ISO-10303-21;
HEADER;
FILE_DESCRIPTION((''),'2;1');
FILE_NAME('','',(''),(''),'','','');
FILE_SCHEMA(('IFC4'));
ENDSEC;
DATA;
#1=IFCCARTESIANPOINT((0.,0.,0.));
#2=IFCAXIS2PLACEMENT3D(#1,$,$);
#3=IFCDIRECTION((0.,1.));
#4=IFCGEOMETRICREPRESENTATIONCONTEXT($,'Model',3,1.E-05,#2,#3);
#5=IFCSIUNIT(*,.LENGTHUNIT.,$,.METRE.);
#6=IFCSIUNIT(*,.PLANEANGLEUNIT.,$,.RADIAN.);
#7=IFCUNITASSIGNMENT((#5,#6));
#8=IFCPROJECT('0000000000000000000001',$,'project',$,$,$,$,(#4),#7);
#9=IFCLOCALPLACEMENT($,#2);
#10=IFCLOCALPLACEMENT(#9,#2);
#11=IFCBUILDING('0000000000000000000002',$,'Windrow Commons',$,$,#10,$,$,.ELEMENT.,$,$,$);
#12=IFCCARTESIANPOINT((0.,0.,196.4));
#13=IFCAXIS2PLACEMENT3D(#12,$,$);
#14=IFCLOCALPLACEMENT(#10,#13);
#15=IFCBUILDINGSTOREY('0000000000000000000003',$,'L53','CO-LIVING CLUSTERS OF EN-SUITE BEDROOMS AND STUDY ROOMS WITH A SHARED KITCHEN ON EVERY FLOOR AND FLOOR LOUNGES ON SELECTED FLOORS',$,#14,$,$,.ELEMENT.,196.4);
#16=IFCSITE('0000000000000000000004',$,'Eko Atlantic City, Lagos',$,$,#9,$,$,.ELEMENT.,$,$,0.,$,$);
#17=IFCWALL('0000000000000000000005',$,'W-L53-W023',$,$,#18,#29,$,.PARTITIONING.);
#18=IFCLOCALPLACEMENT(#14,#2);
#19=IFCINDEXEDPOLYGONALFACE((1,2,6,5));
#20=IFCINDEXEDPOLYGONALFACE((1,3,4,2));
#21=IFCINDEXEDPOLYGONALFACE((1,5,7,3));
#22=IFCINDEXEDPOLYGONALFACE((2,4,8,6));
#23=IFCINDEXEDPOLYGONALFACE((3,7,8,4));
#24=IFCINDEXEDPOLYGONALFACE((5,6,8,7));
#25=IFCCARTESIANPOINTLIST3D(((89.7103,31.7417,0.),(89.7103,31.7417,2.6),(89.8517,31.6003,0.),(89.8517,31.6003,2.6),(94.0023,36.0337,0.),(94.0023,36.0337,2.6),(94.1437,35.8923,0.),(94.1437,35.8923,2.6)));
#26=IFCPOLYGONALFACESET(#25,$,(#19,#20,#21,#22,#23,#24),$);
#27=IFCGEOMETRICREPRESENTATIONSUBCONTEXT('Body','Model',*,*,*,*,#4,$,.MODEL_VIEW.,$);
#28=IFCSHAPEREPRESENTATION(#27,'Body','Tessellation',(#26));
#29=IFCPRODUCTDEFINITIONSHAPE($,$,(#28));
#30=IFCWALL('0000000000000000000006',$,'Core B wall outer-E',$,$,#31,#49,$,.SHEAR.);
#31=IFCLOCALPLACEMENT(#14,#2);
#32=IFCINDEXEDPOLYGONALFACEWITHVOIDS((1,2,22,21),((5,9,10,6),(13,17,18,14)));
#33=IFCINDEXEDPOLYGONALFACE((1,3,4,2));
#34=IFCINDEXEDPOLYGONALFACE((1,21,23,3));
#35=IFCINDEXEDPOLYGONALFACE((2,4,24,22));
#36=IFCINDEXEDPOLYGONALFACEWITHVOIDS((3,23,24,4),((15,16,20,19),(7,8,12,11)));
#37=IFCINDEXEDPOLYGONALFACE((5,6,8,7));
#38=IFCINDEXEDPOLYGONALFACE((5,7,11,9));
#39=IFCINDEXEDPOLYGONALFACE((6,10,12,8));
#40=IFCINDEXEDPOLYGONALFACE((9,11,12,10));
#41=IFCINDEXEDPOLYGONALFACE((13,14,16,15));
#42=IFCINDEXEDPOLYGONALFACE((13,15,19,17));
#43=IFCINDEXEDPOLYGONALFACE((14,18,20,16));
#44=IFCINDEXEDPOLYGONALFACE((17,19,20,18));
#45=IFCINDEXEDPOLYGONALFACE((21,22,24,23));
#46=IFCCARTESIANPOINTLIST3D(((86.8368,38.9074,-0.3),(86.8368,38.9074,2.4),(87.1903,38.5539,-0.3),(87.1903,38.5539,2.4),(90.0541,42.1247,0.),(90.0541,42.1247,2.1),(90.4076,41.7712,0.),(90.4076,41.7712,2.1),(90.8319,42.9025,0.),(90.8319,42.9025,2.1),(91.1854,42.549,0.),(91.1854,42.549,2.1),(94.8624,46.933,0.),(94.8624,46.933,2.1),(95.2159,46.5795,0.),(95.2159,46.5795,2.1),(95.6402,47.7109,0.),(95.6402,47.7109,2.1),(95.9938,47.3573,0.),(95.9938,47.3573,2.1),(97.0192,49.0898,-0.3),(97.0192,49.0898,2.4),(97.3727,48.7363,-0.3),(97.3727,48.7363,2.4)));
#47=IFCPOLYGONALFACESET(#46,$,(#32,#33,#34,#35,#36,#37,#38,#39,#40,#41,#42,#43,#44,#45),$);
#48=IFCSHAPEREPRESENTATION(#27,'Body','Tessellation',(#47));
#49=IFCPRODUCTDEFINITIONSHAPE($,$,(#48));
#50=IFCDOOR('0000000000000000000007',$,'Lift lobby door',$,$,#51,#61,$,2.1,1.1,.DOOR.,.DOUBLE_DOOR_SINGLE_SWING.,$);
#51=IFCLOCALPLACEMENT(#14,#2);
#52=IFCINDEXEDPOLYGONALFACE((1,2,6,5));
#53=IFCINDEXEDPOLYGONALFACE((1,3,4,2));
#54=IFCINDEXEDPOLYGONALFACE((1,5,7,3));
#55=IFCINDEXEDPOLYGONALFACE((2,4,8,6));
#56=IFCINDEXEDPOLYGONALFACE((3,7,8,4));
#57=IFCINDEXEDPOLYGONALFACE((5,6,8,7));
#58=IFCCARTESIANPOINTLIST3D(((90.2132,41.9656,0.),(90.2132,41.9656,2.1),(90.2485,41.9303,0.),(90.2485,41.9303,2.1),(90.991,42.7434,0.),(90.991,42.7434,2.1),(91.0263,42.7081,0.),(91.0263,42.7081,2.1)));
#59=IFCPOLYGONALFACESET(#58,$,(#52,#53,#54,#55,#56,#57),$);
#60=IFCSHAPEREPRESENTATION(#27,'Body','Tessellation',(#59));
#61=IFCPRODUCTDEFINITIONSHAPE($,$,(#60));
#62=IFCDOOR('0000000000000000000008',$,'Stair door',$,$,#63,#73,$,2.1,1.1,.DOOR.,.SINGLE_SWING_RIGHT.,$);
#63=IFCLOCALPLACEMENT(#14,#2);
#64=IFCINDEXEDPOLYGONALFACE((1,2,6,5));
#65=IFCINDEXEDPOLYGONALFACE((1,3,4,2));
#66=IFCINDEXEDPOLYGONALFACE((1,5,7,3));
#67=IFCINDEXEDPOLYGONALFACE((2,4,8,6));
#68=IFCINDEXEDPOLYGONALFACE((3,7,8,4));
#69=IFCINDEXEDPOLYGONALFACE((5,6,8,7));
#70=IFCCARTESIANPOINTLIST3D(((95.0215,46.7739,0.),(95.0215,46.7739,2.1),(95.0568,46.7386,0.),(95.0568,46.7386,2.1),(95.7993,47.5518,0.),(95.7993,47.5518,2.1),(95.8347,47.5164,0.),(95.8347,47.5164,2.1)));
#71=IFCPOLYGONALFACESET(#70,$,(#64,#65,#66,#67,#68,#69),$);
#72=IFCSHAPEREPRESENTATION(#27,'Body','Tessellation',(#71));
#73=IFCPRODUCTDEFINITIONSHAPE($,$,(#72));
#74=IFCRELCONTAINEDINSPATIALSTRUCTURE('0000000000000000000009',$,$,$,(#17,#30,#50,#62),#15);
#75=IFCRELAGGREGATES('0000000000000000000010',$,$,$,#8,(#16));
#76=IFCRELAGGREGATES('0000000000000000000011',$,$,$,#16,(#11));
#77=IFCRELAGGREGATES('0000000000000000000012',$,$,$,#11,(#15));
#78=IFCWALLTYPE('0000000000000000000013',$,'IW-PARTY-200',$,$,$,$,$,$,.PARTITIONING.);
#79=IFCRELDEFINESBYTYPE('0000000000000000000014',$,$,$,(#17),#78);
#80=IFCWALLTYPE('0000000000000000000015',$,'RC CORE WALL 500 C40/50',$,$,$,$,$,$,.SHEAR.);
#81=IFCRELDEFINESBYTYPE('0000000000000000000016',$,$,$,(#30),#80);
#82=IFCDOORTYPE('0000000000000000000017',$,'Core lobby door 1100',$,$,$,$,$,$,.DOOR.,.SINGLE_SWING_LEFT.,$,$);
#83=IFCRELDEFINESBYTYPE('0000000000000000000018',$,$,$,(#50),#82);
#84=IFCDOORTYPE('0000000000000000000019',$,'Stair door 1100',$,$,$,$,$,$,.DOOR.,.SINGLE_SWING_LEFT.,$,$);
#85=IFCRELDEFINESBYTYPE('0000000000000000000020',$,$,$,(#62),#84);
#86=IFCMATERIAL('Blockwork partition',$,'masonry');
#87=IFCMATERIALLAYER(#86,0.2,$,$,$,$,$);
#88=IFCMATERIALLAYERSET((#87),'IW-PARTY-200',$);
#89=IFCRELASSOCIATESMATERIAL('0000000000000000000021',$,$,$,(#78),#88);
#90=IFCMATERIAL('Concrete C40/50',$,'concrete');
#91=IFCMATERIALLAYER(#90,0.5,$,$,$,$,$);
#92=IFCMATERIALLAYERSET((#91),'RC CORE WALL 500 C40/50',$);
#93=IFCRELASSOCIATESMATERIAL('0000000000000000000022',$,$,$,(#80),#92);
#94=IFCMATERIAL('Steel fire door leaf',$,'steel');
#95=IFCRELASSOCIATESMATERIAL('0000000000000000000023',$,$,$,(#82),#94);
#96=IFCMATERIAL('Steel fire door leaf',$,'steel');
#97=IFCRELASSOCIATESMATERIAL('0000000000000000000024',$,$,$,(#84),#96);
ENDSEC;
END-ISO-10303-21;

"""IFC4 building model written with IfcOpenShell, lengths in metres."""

from ifc_helpers import new_model, si_unit, direction, frame, frame_2d, origin, place, context, subcontext, project, spatial, rectangle, extrude, material, layer, layer_set, type_object, element, fill, save


model = new_model("IFC4")

# Units and contexts
model_context = context("Model", 3, precision=1e-05, world=origin(), true_north=direction((0.0, 1.0)))
body_context = subcontext(model_context, "Body", "Model", "MODEL_VIEW")
ifc_project = project(units=[si_unit("LENGTHUNIT", "METRE"), si_unit("PLANEANGLEUNIT", "RADIAN")], contexts=[model_context])

# Site, building, storey
site_placement = place(None, origin())
site = spatial("IfcSite", under=ifc_project, at=site_placement, Name="Eko Atlantic City, Lagos", CompositionType="ELEMENT", RefElevation=0.0)
building_placement = place(site_placement, origin())
building = spatial("IfcBuilding", under=site, at=building_placement, Name="Windrow Commons", CompositionType="ELEMENT")
storey_placement = place(building_placement, frame((0.0, 0.0, 196.4)))
storey = spatial("IfcBuildingStorey", under=building, at=storey_placement, Name="L53", Description="CO-LIVING CLUSTERS OF EN-SUITE BEDROOMS AND STUDY ROOMS WITH A SHARED KITCHEN ON EVERY FLOOR AND FLOOR LOUNGES ON SELECTED FLOORS", CompositionType="ELEMENT", Elevation=196.4)

# Wall
ifc_material_1 = material(Name="Blockwork partition", Category="masonry")
ifc_layer_1 = layer(ifc_material_1, 0.2)
ifc_layer_set_1 = layer_set([ifc_layer_1], Name="IW-PARTY-200")
wall_type_1 = type_object("IfcWallType", Name="IW-PARTY-200", PredefinedType="PARTITIONING", material=ifc_layer_set_1)
wall_1_placement = place(storey_placement, frame((89.781, 31.671, 0.0), z_axis=(0.0, 0.0, 1.0), x_axis=(0.707107, 0.707107, 0.0)))
element("IfcWall", 1, at=wall_1_placement, inside=storey, type_object=wall_type_1, Name="W-L53-W023", PredefinedType="PARTITIONING", context=body_context, shape_type="SweptSolid", body=[
    extrude(rectangle(XDim=6.0698, YDim=0.2, at=frame_2d((3.0349, 0.0))), origin(), (0.0, 0.0, 1.0), 2.6),
])

# Wall, openings, doors
ifc_material_2 = material(Name="Concrete C40/50", Category="concrete")
ifc_layer_2 = layer(ifc_material_2, 0.5)
ifc_layer_set_2 = layer_set([ifc_layer_2], Name="RC CORE WALL 500 C40/50")
wall_type_2 = type_object("IfcWallType", Name="RC CORE WALL 500 C40/50", PredefinedType="SHEAR", material=ifc_layer_set_2)
wall_2_placement = place(storey_placement, frame((87.0135, 38.7306, -0.3), z_axis=(0.0, 0.0, 1.0), x_axis=(0.707107, 0.707107, 0.0)))
wall_2 = element("IfcWall", 2, at=wall_2_placement, inside=storey, type_object=wall_type_2, Name="Core B wall outer-E", PredefinedType="SHEAR", context=body_context, shape_type="SweptSolid", body=[
    extrude(rectangle(XDim=14.4001, YDim=0.5, at=frame_2d((7.2001, 0.0))), origin(), (0.0, 0.0, 1.0), 2.7),
])
opening_1_placement = place(wall_2_placement, frame((4.55, 0.0, 0.3)))
opening_1 = element("IfcOpeningElement", 3, at=opening_1_placement, cuts=wall_2, PredefinedType="OPENING", context=body_context, shape_type="SweptSolid", body=[
    extrude(rectangle(XDim=1.1, YDim=2.1, at=frame_2d((0.55, 1.05))), frame((0.0, 0.26, 0.0), z_axis=(0.0, -1.0, 0.0), x_axis=(1.0, 0.0, 0.0)), (0.0, 0.0, 1.0), 0.52),
])
opening_2_placement = place(wall_2_placement, frame((11.35, 0.0, 0.3)))
opening_2 = element("IfcOpeningElement", 4, at=opening_2_placement, cuts=wall_2, PredefinedType="OPENING", context=body_context, shape_type="SweptSolid", body=[
    extrude(rectangle(XDim=1.1, YDim=2.1, at=frame_2d((0.55, 1.05))), frame((0.0, 0.26, 0.0), z_axis=(0.0, -1.0, 0.0), x_axis=(1.0, 0.0, 0.0)), (0.0, 0.0, 1.0), 0.52),
])
ifc_material_3 = material(Name="Steel fire door leaf", Category="steel")
door_type_1 = type_object("IfcDoorType", Name="Core lobby door 1100", OperationType="SINGLE_SWING_LEFT", PredefinedType="DOOR", material=ifc_material_3)
door_1_placement = place(opening_1_placement, origin())
door_1 = element("IfcDoor", 5, at=door_1_placement, inside=storey, type_object=door_type_1, Name="Lift lobby door", OperationType="DOUBLE_DOOR_SINGLE_SWING", OverallHeight=2.1, OverallWidth=1.1, PredefinedType="DOOR", context=body_context, shape_type="SweptSolid", body=[
    extrude(rectangle(XDim=1.1, YDim=2.1, at=frame_2d((0.55, 1.05))), frame((0.0, 0.025, 0.0), z_axis=(0.0, -1.0, 0.0), x_axis=(1.0, 0.0, 0.0)), (0.0, 0.0, 1.0), 0.05),
])
fill(opening_1, door_1)
ifc_material_4 = material(Name="Steel fire door leaf", Category="steel")
door_type_2 = type_object("IfcDoorType", Name="Stair door 1100", OperationType="SINGLE_SWING_LEFT", PredefinedType="DOOR", material=ifc_material_4)
door_2_placement = place(opening_2_placement, origin())
door_2 = element("IfcDoor", 6, at=door_2_placement, inside=storey, type_object=door_type_2, Name="Stair door", OperationType="SINGLE_SWING_RIGHT", OverallHeight=2.1, OverallWidth=1.1, PredefinedType="DOOR", context=body_context, shape_type="SweptSolid", body=[
    extrude(rectangle(XDim=1.1, YDim=2.1, at=frame_2d((0.55, 1.05))), frame((0.0, 0.025, 0.0), z_axis=(0.0, -1.0, 0.0), x_axis=(1.0, 0.0, 0.0)), (0.0, 0.0, 1.0), 0.05),
])
fill(opening_2, door_2)

save(model, "model.ifc")
